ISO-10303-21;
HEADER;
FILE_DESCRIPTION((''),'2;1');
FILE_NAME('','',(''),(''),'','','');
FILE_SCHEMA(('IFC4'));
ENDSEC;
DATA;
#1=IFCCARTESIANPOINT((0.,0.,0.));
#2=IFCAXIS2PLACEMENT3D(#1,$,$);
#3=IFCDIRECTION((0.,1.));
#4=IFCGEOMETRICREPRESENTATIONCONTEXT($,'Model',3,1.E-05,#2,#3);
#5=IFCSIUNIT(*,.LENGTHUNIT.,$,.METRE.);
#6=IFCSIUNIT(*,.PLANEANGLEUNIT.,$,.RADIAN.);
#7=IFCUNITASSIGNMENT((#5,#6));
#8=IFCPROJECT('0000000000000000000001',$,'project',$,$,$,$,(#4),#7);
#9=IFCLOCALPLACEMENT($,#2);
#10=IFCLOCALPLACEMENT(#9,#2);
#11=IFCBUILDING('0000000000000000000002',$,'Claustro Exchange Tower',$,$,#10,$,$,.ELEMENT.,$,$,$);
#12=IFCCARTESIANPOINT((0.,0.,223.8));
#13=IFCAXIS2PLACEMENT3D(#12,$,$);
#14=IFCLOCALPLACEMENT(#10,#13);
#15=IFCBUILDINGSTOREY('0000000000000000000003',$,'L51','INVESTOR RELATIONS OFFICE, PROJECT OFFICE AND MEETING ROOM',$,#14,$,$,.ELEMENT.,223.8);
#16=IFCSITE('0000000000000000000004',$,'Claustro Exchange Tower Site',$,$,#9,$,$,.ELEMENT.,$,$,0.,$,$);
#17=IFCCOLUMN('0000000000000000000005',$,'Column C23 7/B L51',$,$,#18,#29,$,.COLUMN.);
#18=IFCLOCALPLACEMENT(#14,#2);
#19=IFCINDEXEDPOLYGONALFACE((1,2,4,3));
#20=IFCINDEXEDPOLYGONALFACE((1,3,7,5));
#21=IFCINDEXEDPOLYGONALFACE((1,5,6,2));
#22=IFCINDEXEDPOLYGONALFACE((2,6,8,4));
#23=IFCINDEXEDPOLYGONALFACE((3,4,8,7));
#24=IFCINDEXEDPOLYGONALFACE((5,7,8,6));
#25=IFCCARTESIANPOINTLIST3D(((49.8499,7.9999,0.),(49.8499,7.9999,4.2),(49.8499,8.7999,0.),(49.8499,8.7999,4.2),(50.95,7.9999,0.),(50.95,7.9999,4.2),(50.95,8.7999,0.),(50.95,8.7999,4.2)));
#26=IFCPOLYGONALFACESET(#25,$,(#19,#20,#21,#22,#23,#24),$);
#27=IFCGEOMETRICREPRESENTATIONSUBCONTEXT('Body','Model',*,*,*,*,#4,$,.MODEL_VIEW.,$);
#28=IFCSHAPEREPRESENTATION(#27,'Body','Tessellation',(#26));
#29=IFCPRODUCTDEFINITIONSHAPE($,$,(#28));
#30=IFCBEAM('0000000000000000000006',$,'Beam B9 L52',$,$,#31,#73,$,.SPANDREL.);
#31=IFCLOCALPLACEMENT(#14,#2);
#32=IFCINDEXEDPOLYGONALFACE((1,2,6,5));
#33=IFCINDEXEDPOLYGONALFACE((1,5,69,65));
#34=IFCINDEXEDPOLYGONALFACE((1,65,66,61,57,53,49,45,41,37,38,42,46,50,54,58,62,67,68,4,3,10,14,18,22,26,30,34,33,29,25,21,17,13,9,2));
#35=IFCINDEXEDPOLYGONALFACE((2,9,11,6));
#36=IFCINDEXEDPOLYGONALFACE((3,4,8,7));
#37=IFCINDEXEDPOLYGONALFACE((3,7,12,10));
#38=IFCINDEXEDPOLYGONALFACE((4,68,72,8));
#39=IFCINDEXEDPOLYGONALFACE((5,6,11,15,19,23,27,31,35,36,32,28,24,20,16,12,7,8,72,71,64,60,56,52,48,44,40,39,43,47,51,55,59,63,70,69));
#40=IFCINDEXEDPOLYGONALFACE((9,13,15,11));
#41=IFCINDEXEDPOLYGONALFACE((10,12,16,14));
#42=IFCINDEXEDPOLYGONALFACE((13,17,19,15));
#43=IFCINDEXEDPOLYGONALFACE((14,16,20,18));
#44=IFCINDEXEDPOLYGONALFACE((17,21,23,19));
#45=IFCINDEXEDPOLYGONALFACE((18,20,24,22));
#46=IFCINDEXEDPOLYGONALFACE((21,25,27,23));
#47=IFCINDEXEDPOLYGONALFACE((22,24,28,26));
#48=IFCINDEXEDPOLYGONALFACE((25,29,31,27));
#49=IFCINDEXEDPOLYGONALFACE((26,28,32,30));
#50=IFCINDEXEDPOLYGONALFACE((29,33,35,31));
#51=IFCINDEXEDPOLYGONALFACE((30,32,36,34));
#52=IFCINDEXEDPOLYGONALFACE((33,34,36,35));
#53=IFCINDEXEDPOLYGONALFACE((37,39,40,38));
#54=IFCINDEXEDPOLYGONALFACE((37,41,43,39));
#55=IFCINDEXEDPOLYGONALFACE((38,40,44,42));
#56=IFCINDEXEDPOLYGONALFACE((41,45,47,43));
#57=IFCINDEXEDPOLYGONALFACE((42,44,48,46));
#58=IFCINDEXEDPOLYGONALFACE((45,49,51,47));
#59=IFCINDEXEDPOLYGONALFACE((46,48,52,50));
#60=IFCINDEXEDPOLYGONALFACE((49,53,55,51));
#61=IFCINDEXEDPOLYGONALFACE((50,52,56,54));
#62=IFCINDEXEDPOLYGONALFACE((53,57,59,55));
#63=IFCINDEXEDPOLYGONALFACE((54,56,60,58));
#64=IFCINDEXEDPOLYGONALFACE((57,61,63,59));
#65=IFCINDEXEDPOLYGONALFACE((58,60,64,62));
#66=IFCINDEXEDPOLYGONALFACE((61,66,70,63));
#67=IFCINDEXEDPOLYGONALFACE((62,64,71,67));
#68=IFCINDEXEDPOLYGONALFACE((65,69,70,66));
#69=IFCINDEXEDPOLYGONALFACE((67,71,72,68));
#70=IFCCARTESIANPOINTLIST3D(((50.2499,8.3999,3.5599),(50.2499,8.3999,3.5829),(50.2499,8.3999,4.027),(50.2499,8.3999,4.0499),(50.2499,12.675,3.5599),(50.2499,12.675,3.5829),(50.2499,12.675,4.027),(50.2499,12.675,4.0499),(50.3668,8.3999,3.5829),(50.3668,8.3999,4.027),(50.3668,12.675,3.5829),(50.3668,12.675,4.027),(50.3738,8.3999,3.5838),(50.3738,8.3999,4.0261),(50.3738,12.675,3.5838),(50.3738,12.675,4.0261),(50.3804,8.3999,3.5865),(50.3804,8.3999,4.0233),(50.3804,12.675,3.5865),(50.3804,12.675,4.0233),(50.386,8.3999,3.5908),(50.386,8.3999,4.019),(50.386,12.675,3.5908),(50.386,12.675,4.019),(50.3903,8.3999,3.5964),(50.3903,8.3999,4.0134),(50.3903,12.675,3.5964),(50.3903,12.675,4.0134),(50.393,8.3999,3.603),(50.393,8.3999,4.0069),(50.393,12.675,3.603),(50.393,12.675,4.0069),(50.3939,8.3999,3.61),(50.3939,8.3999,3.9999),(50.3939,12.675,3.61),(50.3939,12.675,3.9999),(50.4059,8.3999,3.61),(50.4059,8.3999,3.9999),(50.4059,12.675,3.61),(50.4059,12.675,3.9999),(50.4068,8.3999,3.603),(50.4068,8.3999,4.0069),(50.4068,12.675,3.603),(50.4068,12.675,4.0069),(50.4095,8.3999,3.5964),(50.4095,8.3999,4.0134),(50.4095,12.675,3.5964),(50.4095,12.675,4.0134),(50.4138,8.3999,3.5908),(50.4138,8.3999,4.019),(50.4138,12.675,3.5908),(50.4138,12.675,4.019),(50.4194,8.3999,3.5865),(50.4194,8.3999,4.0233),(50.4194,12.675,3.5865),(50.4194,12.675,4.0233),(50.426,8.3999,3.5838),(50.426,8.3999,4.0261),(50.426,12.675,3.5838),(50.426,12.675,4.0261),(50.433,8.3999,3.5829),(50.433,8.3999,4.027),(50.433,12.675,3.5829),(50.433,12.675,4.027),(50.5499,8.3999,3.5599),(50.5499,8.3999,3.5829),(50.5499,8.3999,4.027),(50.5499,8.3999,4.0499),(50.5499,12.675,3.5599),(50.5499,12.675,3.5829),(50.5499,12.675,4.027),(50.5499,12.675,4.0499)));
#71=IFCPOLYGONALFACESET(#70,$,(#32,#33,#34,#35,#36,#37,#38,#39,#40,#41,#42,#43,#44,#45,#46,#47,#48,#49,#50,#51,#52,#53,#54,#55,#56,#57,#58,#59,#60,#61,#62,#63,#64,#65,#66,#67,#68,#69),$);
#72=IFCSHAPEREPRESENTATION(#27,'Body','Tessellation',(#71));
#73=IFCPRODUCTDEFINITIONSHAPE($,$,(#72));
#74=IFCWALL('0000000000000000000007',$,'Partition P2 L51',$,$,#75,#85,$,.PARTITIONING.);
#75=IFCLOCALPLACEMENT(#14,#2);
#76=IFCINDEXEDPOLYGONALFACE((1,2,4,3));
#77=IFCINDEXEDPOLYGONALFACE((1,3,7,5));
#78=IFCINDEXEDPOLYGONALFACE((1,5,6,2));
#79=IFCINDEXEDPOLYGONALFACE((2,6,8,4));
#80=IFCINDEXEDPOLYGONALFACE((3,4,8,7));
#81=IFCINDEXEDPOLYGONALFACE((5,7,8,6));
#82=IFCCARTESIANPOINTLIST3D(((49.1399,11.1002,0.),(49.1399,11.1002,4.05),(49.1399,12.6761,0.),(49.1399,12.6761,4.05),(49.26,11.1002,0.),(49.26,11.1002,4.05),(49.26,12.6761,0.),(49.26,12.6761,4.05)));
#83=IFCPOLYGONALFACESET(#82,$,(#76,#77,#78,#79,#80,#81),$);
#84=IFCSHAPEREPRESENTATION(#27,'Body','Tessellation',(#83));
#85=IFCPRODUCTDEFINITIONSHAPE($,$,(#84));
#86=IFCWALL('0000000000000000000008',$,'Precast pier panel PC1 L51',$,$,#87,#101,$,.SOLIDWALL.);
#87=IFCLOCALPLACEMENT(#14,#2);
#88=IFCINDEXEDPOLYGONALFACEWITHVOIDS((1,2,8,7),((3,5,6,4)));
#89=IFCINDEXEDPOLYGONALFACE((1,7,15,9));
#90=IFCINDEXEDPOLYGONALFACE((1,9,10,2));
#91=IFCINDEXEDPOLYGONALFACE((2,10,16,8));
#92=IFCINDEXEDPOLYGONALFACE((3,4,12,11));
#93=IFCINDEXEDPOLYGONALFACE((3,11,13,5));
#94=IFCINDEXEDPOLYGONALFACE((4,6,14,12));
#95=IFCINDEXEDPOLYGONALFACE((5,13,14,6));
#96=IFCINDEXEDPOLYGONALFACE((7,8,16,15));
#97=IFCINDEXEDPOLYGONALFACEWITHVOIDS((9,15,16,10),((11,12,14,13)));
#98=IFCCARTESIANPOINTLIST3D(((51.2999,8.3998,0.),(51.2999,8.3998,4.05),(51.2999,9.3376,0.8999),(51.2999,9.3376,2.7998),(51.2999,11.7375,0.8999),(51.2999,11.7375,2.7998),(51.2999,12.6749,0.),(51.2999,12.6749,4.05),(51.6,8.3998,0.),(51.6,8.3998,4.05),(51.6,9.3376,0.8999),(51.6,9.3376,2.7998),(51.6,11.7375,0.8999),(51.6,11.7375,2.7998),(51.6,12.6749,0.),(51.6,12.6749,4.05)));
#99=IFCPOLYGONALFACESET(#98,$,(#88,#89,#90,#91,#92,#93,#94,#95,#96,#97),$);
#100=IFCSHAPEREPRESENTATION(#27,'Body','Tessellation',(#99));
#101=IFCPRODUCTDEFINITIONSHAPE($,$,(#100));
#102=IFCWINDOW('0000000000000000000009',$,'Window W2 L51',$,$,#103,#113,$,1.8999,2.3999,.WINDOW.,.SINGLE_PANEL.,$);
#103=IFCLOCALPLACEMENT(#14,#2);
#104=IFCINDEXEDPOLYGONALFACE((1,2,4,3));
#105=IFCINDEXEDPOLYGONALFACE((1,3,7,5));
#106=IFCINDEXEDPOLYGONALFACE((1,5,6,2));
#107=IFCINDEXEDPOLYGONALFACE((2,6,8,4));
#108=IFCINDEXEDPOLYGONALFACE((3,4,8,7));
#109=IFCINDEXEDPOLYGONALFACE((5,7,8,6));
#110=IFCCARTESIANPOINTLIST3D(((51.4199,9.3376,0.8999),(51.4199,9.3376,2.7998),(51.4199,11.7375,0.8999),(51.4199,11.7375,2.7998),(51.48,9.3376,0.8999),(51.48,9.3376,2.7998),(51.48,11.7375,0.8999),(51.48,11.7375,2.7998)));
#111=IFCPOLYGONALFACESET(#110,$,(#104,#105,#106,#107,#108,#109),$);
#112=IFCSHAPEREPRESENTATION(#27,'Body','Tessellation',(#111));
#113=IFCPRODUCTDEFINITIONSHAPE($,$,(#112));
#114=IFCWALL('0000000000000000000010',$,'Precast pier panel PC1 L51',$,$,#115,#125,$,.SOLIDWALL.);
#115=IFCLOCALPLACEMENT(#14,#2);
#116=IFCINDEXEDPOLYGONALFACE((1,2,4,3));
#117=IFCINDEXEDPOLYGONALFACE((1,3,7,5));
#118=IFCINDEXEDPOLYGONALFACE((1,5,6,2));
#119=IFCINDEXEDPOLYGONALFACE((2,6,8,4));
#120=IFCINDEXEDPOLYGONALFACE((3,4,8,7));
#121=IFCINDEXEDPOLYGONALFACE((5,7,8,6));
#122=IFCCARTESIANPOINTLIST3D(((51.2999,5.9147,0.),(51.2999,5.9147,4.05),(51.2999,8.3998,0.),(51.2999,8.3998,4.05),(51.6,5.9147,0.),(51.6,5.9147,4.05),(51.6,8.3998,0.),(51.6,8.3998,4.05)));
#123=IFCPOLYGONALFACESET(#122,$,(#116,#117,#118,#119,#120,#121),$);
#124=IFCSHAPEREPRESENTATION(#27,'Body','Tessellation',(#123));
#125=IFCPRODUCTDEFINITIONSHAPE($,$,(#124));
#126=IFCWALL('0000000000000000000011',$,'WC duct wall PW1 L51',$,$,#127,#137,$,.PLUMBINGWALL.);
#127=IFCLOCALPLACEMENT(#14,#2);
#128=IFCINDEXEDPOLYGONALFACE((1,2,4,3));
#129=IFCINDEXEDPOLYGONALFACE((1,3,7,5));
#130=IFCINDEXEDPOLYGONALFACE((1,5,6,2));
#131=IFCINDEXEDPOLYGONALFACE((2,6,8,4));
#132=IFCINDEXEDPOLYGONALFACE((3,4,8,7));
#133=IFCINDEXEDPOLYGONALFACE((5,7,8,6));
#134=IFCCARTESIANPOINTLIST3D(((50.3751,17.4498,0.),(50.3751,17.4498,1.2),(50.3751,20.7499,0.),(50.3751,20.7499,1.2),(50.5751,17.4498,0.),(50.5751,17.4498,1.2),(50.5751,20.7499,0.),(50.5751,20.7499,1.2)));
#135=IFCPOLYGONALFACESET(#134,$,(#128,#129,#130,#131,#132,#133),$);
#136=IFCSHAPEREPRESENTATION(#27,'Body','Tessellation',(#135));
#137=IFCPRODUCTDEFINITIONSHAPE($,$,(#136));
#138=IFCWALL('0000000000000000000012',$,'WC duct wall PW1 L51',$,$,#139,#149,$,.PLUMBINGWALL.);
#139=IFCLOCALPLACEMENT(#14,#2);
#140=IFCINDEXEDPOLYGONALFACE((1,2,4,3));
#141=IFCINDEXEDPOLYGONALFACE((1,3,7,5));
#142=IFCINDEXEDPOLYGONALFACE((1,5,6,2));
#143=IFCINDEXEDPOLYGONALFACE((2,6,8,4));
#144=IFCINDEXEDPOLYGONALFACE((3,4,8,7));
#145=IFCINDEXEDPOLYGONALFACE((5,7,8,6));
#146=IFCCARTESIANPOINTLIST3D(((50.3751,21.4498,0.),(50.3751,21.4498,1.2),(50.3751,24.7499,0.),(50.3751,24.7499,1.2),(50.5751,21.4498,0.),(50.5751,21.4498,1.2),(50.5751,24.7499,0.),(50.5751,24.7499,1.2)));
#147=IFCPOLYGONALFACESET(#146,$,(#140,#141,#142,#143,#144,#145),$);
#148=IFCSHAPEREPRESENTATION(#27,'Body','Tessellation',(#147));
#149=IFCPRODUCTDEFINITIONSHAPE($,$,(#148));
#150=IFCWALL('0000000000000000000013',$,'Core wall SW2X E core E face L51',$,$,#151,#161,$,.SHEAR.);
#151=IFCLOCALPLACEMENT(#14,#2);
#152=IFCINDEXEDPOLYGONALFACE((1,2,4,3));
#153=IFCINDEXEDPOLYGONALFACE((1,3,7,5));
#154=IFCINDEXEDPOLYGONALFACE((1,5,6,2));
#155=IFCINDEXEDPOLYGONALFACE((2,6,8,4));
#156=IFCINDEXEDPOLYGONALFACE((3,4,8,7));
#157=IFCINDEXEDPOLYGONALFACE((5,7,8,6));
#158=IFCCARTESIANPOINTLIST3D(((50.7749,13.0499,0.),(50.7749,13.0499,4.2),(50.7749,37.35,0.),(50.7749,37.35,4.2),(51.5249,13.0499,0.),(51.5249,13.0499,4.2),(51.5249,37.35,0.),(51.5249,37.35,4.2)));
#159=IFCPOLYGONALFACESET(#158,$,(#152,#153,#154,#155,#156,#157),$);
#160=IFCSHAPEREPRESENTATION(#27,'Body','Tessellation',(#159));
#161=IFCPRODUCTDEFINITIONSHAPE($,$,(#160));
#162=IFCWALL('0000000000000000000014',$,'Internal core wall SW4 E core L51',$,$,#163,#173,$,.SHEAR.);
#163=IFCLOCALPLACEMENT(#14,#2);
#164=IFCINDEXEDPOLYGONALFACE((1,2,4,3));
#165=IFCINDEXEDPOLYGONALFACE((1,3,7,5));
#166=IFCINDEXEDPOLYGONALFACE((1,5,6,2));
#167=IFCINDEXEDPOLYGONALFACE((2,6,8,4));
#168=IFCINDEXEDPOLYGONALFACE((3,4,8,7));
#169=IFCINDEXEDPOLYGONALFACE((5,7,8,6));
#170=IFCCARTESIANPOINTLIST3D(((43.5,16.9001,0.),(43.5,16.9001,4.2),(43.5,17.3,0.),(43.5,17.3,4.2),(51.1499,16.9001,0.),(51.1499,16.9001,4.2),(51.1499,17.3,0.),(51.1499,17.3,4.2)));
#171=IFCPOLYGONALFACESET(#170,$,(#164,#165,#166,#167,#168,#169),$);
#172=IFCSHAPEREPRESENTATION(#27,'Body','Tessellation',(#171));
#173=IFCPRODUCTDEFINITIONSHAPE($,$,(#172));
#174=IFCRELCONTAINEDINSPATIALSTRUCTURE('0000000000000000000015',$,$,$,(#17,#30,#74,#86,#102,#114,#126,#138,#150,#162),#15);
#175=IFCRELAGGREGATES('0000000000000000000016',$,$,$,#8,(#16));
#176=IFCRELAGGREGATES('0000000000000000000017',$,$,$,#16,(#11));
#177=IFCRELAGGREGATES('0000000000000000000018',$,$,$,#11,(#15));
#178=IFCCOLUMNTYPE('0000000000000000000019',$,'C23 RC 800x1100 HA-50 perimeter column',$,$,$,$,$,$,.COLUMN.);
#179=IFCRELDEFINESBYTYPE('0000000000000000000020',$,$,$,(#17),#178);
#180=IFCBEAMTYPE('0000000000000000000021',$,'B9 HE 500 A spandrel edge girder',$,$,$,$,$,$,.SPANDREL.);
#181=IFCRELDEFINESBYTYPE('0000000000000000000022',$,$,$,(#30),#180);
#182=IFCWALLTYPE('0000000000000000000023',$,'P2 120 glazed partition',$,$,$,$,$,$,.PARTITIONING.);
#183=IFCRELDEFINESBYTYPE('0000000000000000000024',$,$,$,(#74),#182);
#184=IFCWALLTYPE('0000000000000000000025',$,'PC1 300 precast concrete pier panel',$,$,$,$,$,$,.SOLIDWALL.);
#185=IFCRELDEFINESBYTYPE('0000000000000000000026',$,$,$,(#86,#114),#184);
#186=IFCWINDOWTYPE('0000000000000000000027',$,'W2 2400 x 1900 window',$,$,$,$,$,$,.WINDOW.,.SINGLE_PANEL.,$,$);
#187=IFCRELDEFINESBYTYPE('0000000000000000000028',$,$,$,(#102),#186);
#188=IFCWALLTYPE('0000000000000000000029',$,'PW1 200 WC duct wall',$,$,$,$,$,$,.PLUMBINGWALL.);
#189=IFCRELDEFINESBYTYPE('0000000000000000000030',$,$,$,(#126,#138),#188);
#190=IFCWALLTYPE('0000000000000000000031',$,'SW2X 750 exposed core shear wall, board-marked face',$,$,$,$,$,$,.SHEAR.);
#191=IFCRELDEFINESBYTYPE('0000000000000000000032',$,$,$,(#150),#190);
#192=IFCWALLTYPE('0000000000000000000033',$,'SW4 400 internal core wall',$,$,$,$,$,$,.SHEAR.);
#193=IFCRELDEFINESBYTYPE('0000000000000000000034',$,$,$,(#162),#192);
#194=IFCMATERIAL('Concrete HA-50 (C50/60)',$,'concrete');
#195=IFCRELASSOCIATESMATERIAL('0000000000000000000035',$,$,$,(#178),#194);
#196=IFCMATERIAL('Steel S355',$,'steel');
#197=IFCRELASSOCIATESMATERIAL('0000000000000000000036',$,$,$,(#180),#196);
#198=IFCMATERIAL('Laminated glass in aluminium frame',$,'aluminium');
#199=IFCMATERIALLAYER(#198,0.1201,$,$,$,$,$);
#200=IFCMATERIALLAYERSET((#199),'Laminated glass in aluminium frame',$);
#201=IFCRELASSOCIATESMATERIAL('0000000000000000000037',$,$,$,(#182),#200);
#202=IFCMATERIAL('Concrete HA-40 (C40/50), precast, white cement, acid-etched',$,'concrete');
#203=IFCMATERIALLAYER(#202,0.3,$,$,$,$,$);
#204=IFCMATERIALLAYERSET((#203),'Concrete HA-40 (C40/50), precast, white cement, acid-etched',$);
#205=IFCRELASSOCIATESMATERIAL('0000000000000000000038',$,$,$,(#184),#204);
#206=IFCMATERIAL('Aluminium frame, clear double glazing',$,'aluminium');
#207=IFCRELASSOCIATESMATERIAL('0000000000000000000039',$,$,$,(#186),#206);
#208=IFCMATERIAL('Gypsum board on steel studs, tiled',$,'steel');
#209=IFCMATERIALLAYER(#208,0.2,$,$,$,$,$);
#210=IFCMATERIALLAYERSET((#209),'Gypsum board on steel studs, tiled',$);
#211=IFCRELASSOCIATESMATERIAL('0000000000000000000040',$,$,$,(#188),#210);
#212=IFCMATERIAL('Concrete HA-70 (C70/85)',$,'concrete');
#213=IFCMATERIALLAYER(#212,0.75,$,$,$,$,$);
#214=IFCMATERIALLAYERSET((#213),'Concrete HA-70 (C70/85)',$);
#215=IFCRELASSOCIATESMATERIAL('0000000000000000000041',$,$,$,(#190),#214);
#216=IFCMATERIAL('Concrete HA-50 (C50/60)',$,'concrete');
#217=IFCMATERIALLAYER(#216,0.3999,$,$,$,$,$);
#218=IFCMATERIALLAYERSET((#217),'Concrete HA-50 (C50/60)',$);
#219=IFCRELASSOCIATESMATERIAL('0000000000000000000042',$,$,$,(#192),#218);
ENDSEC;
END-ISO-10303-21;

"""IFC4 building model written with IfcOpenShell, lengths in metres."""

from ifc_helpers import new_model, si_unit, direction, frame, frame_2d, origin, origin_2d, place, context, subcontext, project, spatial, rectangle, i_section, extrude, material, layer, layer_set, material_profile, profile_set, type_object, element, fill, save


model = new_model("IFC4")

# Units and contexts
model_context = context("Model", 3, precision=1e-05, world=origin(), true_north=direction((0.0, 1.0)))
body_context = subcontext(model_context, "Body", "Model", "MODEL_VIEW")
ifc_project = project(units=[si_unit("LENGTHUNIT", "METRE"), si_unit("PLANEANGLEUNIT", "RADIAN")], contexts=[model_context])

# Site, building, storey
site_placement = place(None, origin())
site = spatial("IfcSite", under=ifc_project, at=site_placement, Name="Claustro Exchange Tower Site", CompositionType="ELEMENT", RefElevation=0.0)
building_placement = place(site_placement, origin())
building = spatial("IfcBuilding", under=site, at=building_placement, Name="Claustro Exchange Tower", CompositionType="ELEMENT")
storey_placement = place(building_placement, frame((0.0, 0.0, 223.8)))
storey = spatial("IfcBuildingStorey", under=building, at=storey_placement, Name="L51", Description="INVESTOR RELATIONS OFFICE, PROJECT OFFICE AND MEETING ROOM", CompositionType="ELEMENT", Elevation=223.8)

# Column
ifc_material_1 = material(Name="Concrete HA-50 (C50/60)", Category="concrete")
ifc_material_profile_1 = material_profile(ifc_material_1, rectangle(XDim=0.8, YDim=1.1001, at=origin_2d()), Name="RC 800x1100")
ifc_profile_set_1 = profile_set([ifc_material_profile_1], Name="Concrete HA-50 (C50/60)")
column_type = type_object("IfcColumnType", Name="C23 RC 800x1100 HA-50 perimeter column", PredefinedType="COLUMN", material=ifc_profile_set_1)
column_placement = place(storey_placement, frame((50.3999, 8.3999, 0.0), z_axis=(0.0, 0.0, 1.0), x_axis=(0.0, 1.0, 0.0)))
element("IfcColumn", 1, at=column_placement, inside=storey, type_object=column_type, Name="Column C23 7/B L51", PredefinedType="COLUMN", context=body_context, shape_type="SweptSolid", body=[
    extrude(rectangle(XDim=0.8, YDim=1.1001, at=origin_2d()), origin(), (0.0, 0.0, 1.0), 4.2),
])

# Beam
ifc_material_2 = material(Name="Steel S355", Category="steel")
ifc_material_profile_2 = material_profile(ifc_material_2, i_section(OverallWidth=0.3, OverallDepth=0.49, WebThickness=0.012, FlangeThickness=0.0229, FilletRadius=0.0271, at=origin_2d()), Name="HE 500 A")
ifc_profile_set_2 = profile_set([ifc_material_profile_2], Name="Steel S355")
beam_type = type_object("IfcBeamType", Name="B9 HE 500 A spandrel edge girder", PredefinedType="SPANDREL", material=ifc_profile_set_2)
beam_placement = place(storey_placement, frame((50.3999, 8.3999, 3.8049), z_axis=(0.0, 1.0, 0.0), x_axis=(-1.0, 0.0, 0.0)))
element("IfcBeam", 2, at=beam_placement, inside=storey, type_object=beam_type, Name="Beam B9 L52", PredefinedType="SPANDREL", context=body_context, shape_type="SweptSolid", body=[
    extrude(i_section(OverallWidth=0.3, OverallDepth=0.49, WebThickness=0.012, FlangeThickness=0.0229, FilletRadius=0.0271, at=origin_2d()), origin(), (0.0, 0.0, 1.0), 4.2751),
])

# Wall
ifc_material_3 = material(Name="Laminated glass in aluminium frame", Category="aluminium")
ifc_layer_1 = layer(ifc_material_3, 0.1201)
ifc_layer_set_1 = layer_set([ifc_layer_1], Name="Laminated glass in aluminium frame")
wall_type_1 = type_object("IfcWallType", Name="P2 120 glazed partition", PredefinedType="PARTITIONING", material=ifc_layer_set_1)
wall_1_placement = place(storey_placement, frame((49.2, 11.1001, 0.0), z_axis=(0.0, 0.0, 1.0), x_axis=(0.0, 1.0, 0.0)))
element("IfcWall", 3, at=wall_1_placement, inside=storey, type_object=wall_type_1, Name="Partition P2 L51", PredefinedType="PARTITIONING", context=body_context, shape_type="SweptSolid", body=[
    extrude(rectangle(XDim=1.5759, YDim=0.1201, at=frame_2d((0.7881, 0.0))), origin(), (0.0, 0.0, 1.0), 4.05),
])

# Wall, opening, window
ifc_material_4 = material(Name="Concrete HA-40 (C40/50), precast, white cement, acid-etched", Category="concrete")
ifc_layer_2 = layer(ifc_material_4, 0.3)
ifc_layer_set_2 = layer_set([ifc_layer_2], Name="Concrete HA-40 (C40/50), precast, white cement, acid-etched")
wall_type_2 = type_object("IfcWallType", Name="PC1 300 precast concrete pier panel", PredefinedType="SOLIDWALL", material=ifc_layer_set_2)
wall_2_placement = place(storey_placement, frame((51.45, 12.675, 0.0), z_axis=(0.0, 0.0, 1.0), x_axis=(0.0, -1.0, 0.0)))
wall_2 = element("IfcWall", 4, at=wall_2_placement, inside=storey, type_object=wall_type_2, Name="Precast pier panel PC1 L51", PredefinedType="SOLIDWALL", context=body_context, shape_type="SweptSolid", body=[
    extrude(rectangle(XDim=4.2751, YDim=0.3, at=frame_2d((2.1377, 0.0))), origin(), (0.0, 0.0, 1.0), 4.05),
])
opening_placement = place(wall_2_placement, frame((0.9375, 0.0, 0.8999)))
opening = element("IfcOpeningElement", 5, at=opening_placement, cuts=wall_2, PredefinedType="OPENING", context=body_context, shape_type="SweptSolid", body=[
    extrude(rectangle(XDim=2.3999, YDim=1.8999, at=frame_2d((1.2, 0.95))), frame((0.0, 0.1599, 0.0), z_axis=(0.0, -1.0, 0.0), x_axis=(1.0, 0.0, 0.0)), (0.0, 0.0, 1.0), 0.3201),
])
ifc_material_5 = material(Name="Aluminium frame, clear double glazing", Category="aluminium")
window_type = type_object("IfcWindowType", Name="W2 2400 x 1900 window", PartitioningType="SINGLE_PANEL", PredefinedType="WINDOW", material=ifc_material_5)
window_placement = place(opening_placement, origin())
window = element("IfcWindow", 6, at=window_placement, inside=storey, type_object=window_type, Name="Window W2 L51", OverallHeight=1.8999, OverallWidth=2.3999, PartitioningType="SINGLE_PANEL", PredefinedType="WINDOW", context=body_context, shape_type="SweptSolid", body=[
    extrude(rectangle(XDim=2.3999, YDim=1.8999, at=frame_2d((1.2, 0.95))), frame((0.0, 0.03, 0.0), z_axis=(0.0, -1.0, 0.0), x_axis=(1.0, 0.0, 0.0)), (0.0, 0.0, 1.0), 0.0601),
])
fill(opening, window)

# Walls
wall_3_placement = place(storey_placement, frame((51.45, 8.3999, 0.0), z_axis=(0.0, 0.0, 1.0), x_axis=(0.0, -1.0, 0.0)))
element("IfcWall", 7, at=wall_3_placement, inside=storey, type_object=wall_type_2, Name="Precast pier panel PC1 L51", PredefinedType="SOLIDWALL", context=body_context, shape_type="SweptSolid", body=[
    extrude(rectangle(XDim=2.4851, YDim=0.3, at=frame_2d((1.2427, 0.0))), origin(), (0.0, 0.0, 1.0), 4.05),
])
ifc_material_6 = material(Name="Gypsum board on steel studs, tiled", Category="steel")
ifc_layer_3 = layer(ifc_material_6, 0.2)
ifc_layer_set_3 = layer_set([ifc_layer_3], Name="Gypsum board on steel studs, tiled")
wall_type_3 = type_object("IfcWallType", Name="PW1 200 WC duct wall", PredefinedType="PLUMBINGWALL", material=ifc_layer_set_3)
for number, where, z_axis, x_axis, name in (
    (8, (50.4751, 17.45, 0.0), (0.0, 0.0, 1.0), (0.0, 1.0, 0.0), "WC duct wall PW1 L51"),
    (9, (50.4751, 21.45, 0.0), (0.0, 0.0, 1.0), (0.0, 1.0, 0.0), "WC duct wall PW1 L51"),
):
    element("IfcWall", number, at=place(storey_placement, frame(where, z_axis=z_axis, x_axis=x_axis)), inside=storey, type_object=wall_type_3, Name=name, PredefinedType="PLUMBINGWALL", context=body_context, shape_type="SweptSolid", body=[
        extrude(rectangle(XDim=3.3, YDim=0.2, at=frame_2d((1.6499, 0.0))), origin(), (0.0, 0.0, 1.0), 1.2),
    ])
ifc_material_7 = material(Name="Concrete HA-70 (C70/85)", Category="concrete")
ifc_layer_4 = layer(ifc_material_7, 0.75)
ifc_layer_set_4 = layer_set([ifc_layer_4], Name="Concrete HA-70 (C70/85)")
wall_type_4 = type_object("IfcWallType", Name="SW2X 750 exposed core shear wall, board-marked face", PredefinedType="SHEAR", material=ifc_layer_set_4)
wall_4_placement = place(storey_placement, frame((51.1499, 13.05, 0.0), z_axis=(0.0, 0.0, 1.0), x_axis=(0.0, 1.0, 0.0)))
element("IfcWall", 10, at=wall_4_placement, inside=storey, type_object=wall_type_4, Name="Core wall SW2X E core E face L51", PredefinedType="SHEAR", context=body_context, shape_type="SweptSolid", body=[
    extrude(rectangle(XDim=24.3, YDim=0.75, at=frame_2d((12.1499, 0.0))), origin(), (0.0, 0.0, 1.0), 4.2),
])
ifc_material_8 = material(Name="Concrete HA-50 (C50/60)", Category="concrete")
ifc_layer_5 = layer(ifc_material_8, 0.3999)
ifc_layer_set_5 = layer_set([ifc_layer_5], Name="Concrete HA-50 (C50/60)")
wall_type_5 = type_object("IfcWallType", Name="SW4 400 internal core wall", PredefinedType="SHEAR", material=ifc_layer_set_5)
for number, where, z_axis, x_axis, name in (
    (11, (51.1499, 17.1001, 0.0), (0.0, 0.0, 1.0), (-1.0, 0.0, 0.0), "Internal core wall SW4 E core L51"),
):
    element("IfcWall", number, at=place(storey_placement, frame(where, z_axis=z_axis, x_axis=x_axis)), inside=storey, type_object=wall_type_5, Name=name, PredefinedType="SHEAR", context=body_context, shape_type="SweptSolid", body=[
        extrude(rectangle(XDim=7.6499, YDim=0.3999, at=frame_2d((3.825, 0.0))), origin(), (0.0, 0.0, 1.0), 4.2),
    ])

save(model, "model.ifc")
